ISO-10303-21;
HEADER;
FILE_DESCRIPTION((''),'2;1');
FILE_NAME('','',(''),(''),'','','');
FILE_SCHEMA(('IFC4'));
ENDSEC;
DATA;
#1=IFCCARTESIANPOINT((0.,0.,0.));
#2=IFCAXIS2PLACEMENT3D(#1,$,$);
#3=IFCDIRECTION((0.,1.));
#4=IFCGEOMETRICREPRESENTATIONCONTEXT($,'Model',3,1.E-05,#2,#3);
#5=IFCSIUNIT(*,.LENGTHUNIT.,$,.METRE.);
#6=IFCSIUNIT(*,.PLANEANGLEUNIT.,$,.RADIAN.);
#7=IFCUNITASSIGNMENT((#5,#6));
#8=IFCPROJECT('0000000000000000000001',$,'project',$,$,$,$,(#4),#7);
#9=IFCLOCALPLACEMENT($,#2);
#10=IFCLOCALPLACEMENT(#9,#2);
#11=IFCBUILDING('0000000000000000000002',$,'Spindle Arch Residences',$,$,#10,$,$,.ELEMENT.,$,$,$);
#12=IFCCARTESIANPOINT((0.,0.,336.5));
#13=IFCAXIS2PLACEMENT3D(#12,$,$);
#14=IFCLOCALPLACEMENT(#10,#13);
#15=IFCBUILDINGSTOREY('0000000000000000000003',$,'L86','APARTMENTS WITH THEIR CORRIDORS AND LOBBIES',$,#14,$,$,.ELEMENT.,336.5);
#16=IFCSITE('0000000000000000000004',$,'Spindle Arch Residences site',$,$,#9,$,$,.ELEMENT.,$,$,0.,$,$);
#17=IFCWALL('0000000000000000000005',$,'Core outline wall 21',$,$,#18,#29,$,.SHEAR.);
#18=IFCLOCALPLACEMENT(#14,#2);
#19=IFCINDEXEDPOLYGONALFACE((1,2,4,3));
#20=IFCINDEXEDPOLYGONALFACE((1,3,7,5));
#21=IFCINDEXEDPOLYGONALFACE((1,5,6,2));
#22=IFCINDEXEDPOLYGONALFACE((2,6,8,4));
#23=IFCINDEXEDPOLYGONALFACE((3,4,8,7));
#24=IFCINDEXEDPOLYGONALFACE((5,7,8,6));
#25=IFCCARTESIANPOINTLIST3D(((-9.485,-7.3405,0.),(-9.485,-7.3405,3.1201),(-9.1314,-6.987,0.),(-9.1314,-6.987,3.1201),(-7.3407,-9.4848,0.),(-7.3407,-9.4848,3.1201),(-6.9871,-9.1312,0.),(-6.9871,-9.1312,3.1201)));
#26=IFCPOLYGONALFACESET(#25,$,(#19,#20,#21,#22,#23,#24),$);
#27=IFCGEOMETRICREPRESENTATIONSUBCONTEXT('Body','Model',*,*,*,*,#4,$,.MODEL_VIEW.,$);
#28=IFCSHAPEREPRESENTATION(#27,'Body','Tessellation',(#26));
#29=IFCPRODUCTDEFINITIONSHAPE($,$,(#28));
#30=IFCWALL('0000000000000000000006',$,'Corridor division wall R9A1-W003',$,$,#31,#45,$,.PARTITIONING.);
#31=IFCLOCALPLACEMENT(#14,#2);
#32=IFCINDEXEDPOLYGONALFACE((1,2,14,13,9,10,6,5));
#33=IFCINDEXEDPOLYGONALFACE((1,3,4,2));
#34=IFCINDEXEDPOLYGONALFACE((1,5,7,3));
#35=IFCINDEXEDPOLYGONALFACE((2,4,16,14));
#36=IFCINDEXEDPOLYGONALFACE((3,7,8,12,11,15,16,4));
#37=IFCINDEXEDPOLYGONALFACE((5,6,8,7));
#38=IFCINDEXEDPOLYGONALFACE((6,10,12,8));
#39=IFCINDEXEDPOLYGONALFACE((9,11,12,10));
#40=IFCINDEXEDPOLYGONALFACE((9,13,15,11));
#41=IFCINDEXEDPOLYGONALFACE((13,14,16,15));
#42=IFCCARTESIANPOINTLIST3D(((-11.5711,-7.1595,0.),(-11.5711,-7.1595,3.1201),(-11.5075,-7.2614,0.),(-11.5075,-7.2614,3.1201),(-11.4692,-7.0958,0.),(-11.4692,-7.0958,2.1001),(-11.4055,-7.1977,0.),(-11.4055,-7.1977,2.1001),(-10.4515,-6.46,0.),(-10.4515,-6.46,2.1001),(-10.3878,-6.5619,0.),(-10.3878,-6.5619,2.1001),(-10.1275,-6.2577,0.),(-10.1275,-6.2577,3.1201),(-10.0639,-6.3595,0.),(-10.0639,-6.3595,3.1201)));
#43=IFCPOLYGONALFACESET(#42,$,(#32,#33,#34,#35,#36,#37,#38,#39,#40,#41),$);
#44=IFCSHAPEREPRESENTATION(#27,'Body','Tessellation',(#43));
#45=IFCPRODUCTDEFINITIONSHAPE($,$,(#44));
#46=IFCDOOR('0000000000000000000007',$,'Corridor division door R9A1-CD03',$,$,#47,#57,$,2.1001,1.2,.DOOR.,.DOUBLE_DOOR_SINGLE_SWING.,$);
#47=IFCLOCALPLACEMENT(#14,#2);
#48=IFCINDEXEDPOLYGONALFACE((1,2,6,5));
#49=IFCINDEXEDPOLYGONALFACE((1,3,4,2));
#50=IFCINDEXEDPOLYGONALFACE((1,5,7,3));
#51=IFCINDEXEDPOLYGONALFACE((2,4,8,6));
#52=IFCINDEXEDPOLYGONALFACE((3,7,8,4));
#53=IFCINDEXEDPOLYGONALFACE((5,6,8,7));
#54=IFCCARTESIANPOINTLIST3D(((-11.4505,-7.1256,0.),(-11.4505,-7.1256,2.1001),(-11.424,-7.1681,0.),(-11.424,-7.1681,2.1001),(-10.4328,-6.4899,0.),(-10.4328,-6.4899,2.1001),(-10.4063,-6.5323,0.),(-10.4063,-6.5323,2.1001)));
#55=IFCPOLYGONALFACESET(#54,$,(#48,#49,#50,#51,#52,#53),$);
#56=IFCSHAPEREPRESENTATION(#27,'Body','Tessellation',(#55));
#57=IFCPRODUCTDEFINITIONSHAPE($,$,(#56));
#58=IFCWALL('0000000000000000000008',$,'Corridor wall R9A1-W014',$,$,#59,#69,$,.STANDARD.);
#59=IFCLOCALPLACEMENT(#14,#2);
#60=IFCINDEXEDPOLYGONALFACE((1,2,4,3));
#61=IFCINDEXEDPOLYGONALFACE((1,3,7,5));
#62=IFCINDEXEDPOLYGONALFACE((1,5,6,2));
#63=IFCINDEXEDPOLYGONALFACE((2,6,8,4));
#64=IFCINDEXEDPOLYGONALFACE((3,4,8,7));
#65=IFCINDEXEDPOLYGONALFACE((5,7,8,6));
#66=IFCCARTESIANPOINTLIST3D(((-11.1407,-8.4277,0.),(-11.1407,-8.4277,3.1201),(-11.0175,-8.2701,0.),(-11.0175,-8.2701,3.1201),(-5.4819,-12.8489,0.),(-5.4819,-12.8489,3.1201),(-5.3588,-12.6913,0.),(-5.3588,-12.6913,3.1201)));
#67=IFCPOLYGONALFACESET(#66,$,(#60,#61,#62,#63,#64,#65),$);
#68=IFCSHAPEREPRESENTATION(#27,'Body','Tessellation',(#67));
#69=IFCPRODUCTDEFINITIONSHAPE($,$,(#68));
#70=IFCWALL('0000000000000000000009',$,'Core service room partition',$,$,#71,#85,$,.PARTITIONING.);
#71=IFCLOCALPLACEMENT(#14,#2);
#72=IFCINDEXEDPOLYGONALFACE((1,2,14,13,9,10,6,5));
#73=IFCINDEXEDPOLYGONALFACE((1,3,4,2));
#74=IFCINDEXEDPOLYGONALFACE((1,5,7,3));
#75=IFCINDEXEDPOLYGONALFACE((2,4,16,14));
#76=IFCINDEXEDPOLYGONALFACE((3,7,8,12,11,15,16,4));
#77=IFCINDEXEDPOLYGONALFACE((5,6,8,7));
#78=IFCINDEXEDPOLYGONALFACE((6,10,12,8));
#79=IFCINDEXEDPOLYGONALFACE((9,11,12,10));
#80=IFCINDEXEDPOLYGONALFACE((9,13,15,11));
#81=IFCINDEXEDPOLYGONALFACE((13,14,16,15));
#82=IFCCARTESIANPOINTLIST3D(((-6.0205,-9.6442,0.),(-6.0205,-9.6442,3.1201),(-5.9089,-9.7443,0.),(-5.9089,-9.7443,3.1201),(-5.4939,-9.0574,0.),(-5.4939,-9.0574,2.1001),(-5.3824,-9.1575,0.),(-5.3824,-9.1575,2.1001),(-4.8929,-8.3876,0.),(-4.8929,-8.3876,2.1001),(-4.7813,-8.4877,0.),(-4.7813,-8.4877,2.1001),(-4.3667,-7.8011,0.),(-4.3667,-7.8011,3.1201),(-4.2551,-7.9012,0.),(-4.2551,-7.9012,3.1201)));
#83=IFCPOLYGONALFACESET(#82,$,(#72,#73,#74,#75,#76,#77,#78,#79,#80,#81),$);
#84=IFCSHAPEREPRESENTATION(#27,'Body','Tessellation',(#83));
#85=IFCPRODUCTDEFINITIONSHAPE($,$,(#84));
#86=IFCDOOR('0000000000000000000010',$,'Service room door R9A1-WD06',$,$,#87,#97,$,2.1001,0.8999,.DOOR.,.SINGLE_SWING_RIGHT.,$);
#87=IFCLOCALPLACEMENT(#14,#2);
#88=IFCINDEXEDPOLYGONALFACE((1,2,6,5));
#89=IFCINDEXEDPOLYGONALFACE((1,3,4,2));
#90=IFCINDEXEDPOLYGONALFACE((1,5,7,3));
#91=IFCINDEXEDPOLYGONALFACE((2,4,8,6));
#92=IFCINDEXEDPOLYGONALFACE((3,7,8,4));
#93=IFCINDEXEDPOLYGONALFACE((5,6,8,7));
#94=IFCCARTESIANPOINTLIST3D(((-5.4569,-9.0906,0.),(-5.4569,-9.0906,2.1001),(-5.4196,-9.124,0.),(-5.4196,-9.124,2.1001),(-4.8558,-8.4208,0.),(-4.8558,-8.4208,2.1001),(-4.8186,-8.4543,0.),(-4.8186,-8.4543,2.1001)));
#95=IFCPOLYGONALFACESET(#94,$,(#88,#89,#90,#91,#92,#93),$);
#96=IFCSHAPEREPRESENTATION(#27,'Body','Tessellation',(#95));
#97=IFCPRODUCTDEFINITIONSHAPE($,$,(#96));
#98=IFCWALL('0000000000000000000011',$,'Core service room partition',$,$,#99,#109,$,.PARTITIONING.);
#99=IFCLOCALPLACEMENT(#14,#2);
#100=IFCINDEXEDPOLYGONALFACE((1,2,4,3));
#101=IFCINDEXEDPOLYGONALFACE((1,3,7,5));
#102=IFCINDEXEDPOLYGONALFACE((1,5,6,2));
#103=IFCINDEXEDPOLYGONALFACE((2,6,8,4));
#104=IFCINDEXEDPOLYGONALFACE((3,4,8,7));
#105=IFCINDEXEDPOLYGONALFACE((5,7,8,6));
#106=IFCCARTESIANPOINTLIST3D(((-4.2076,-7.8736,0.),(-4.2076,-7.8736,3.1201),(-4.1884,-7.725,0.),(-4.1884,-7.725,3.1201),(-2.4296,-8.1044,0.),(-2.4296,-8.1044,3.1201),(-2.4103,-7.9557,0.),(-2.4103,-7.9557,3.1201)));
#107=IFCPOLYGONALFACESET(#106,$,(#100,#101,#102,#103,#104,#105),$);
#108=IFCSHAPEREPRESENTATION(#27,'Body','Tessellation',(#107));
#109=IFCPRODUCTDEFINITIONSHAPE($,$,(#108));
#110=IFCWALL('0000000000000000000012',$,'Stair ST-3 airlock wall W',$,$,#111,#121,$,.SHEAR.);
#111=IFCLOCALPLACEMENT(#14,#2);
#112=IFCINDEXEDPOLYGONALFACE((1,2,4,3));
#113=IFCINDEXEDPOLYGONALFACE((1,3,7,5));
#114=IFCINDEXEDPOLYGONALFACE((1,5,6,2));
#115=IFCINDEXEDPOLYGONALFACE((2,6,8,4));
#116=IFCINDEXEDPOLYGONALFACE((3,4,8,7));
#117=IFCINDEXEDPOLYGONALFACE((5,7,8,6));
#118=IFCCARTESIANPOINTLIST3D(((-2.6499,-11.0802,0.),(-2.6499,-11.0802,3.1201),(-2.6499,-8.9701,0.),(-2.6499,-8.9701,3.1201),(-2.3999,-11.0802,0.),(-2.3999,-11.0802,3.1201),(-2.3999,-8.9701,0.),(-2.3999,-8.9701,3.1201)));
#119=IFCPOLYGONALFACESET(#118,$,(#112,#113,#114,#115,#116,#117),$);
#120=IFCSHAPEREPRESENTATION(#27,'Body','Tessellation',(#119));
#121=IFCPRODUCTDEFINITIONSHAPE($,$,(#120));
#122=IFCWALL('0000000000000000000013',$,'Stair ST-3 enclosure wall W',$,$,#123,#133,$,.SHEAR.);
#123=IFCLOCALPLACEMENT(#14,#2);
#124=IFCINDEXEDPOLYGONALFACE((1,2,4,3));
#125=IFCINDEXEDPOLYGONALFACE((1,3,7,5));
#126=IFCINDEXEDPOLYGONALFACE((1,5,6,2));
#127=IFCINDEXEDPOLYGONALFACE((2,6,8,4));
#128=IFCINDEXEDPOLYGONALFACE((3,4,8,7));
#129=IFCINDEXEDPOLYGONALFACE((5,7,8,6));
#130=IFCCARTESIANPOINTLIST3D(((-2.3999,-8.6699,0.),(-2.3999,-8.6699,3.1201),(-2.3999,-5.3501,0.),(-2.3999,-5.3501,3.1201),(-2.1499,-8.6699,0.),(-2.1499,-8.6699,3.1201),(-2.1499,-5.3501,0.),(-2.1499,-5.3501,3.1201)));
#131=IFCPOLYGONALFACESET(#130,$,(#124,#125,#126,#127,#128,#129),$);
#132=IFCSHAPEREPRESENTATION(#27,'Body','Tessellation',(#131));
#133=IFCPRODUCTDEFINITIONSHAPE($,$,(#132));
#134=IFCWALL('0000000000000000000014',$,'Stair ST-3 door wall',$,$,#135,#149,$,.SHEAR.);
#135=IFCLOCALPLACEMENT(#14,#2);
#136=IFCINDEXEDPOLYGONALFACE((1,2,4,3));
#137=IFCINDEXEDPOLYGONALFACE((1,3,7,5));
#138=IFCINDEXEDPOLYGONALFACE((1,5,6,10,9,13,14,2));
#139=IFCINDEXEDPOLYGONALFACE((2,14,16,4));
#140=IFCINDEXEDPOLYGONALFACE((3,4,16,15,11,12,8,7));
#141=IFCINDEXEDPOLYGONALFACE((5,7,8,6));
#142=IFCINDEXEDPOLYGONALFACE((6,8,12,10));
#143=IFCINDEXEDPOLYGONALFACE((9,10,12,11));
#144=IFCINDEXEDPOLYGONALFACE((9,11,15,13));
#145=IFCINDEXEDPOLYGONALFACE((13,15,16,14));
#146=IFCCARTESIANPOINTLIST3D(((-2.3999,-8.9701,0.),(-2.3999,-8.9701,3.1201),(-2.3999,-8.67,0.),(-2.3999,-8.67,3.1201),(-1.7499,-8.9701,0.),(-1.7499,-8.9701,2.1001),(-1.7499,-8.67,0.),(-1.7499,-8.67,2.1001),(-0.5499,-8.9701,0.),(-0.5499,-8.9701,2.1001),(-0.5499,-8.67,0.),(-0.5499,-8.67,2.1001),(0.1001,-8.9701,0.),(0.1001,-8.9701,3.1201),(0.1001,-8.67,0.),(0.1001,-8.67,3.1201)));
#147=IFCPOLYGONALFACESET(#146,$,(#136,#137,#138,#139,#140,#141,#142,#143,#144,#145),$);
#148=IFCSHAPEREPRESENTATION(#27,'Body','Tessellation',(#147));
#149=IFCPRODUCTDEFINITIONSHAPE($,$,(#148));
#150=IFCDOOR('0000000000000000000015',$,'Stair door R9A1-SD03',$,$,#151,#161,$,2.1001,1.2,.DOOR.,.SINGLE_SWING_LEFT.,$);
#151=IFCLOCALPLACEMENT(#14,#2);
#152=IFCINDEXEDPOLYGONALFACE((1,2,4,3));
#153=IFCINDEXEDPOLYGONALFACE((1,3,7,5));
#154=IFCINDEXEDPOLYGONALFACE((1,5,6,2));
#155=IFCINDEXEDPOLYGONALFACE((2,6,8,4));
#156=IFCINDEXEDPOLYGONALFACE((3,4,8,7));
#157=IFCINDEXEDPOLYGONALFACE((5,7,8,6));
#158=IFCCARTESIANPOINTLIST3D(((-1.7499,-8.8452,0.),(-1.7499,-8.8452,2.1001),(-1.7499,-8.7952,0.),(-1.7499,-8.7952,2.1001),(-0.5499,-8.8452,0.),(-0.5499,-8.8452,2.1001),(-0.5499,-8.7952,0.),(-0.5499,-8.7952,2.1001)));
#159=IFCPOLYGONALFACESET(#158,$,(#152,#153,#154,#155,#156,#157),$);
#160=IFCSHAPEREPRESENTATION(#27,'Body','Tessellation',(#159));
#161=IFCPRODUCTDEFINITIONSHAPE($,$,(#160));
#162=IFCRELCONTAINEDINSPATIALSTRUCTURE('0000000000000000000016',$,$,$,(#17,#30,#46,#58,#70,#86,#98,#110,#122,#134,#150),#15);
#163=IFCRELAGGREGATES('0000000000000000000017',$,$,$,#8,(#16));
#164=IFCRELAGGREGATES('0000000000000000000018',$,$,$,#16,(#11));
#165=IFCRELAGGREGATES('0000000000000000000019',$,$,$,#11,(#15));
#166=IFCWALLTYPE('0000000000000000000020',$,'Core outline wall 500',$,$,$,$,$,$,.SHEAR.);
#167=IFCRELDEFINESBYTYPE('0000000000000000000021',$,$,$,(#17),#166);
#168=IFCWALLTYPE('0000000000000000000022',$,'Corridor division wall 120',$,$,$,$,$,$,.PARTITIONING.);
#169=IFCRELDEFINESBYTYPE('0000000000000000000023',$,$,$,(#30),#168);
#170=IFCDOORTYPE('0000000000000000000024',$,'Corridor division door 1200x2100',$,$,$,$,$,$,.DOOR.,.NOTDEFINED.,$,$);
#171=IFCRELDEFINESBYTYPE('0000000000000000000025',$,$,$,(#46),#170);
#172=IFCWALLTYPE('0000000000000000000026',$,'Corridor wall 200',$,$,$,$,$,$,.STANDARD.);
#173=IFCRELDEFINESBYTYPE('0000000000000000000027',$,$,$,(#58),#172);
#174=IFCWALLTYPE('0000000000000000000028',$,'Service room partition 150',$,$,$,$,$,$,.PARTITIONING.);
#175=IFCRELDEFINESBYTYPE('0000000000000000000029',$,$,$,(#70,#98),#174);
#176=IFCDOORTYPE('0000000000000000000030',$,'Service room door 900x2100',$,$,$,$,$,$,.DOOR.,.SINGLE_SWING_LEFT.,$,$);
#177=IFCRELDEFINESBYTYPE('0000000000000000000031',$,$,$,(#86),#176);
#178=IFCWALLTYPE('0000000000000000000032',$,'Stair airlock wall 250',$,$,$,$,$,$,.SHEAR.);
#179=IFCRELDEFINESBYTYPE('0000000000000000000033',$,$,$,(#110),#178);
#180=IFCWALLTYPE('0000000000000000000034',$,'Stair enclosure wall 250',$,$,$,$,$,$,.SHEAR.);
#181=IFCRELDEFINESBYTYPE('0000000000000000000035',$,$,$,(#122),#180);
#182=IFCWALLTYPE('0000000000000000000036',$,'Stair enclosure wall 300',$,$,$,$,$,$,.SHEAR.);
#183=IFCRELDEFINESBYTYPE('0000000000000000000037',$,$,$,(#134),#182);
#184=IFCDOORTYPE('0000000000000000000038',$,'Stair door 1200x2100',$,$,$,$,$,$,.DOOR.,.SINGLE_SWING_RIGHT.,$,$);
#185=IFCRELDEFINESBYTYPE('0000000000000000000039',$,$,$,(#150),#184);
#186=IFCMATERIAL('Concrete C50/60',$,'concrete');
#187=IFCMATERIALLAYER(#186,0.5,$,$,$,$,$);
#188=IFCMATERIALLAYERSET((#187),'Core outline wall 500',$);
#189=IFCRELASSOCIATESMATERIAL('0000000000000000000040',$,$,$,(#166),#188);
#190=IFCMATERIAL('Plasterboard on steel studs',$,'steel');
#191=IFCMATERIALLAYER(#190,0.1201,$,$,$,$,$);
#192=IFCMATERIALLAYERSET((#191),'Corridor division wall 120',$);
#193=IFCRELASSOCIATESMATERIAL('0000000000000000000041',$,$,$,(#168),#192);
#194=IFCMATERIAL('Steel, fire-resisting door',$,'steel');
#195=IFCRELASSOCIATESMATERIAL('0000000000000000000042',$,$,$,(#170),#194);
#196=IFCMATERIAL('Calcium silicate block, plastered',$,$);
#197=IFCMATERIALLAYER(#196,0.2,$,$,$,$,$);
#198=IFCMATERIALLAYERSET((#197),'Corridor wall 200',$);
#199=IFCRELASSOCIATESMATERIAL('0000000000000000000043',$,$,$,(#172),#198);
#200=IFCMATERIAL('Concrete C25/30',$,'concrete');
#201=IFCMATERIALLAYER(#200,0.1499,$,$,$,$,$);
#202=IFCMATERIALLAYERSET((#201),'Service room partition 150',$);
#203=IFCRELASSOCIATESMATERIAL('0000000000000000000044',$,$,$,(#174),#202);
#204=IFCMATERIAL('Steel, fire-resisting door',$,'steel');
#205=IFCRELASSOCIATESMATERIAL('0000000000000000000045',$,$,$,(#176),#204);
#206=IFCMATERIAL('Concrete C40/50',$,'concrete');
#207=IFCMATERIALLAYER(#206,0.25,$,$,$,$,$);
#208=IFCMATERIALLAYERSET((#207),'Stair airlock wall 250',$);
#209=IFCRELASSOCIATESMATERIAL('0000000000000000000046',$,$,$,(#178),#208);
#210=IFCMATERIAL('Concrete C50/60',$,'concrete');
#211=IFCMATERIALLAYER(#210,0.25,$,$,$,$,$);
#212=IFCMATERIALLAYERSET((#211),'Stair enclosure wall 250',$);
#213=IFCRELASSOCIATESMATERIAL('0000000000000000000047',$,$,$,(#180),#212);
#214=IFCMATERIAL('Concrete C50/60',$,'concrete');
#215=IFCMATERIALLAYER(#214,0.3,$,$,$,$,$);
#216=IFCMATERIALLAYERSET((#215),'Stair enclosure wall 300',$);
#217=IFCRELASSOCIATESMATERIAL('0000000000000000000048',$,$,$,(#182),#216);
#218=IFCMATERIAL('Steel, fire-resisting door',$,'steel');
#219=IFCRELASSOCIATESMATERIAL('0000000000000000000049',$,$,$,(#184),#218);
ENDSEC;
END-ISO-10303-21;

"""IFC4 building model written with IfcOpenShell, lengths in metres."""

from ifc_helpers import new_model, si_unit, direction, frame, frame_2d, origin, place, context, subcontext, project, spatial, rectangle, extrude, material, layer, layer_set, type_object, element, fill, save


model = new_model("IFC4")

# Units and contexts
model_context = context("Model", 3, precision=1e-05, world=origin(), true_north=direction((0.0, 1.0)))
body_context = subcontext(model_context, "Body", "Model", "MODEL_VIEW")
ifc_project = project(units=[si_unit("LENGTHUNIT", "METRE"), si_unit("PLANEANGLEUNIT", "RADIAN")], contexts=[model_context])

# Site, building, storey
site_placement = place(None, origin())
site = spatial("IfcSite", under=ifc_project, at=site_placement, Name="Spindle Arch Residences site", CompositionType="ELEMENT", RefElevation=0.0)
building_placement = place(site_placement, origin())
building = spatial("IfcBuilding", under=site, at=building_placement, Name="Spindle Arch Residences", CompositionType="ELEMENT")
storey_placement = place(building_placement, frame((0.0, 0.0, 336.5)))
storey = spatial("IfcBuildingStorey", under=building, at=storey_placement, Name="L86", Description="APARTMENTS WITH THEIR CORRIDORS AND LOBBIES", CompositionType="ELEMENT", Elevation=336.5)

# Wall
ifc_material_1 = material(Name="Concrete C50/60", Category="concrete")
ifc_layer_1 = layer(ifc_material_1, 0.5)
ifc_layer_set_1 = layer_set([ifc_layer_1], Name="Core outline wall 500")
wall_type_1 = type_object("IfcWallType", Name="Core outline wall 500", PredefinedType="SHEAR", material=ifc_layer_set_1)
wall_1_placement = place(storey_placement, frame((-9.3081, -7.1638, 0.0), z_axis=(0.0, 0.0, 1.0), x_axis=(0.707107, -0.707107, 0.0)))
element("IfcWall", 1, at=wall_1_placement, inside=storey, type_object=wall_type_1, Name="Core outline wall 21", PredefinedType="SHEAR", context=body_context, shape_type="SweptSolid", body=[
    extrude(rectangle(XDim=3.0325, YDim=0.5, at=frame_2d((1.5161, 0.0))), origin(), (0.0, 0.0, 1.0), 3.1201),
])

# Wall, opening, door
ifc_material_2 = material(Name="Plasterboard on steel studs", Category="steel")
ifc_layer_2 = layer(ifc_material_2, 0.1201)
ifc_layer_set_2 = layer_set([ifc_layer_2], Name="Corridor division wall 120")
wall_type_2 = type_object("IfcWallType", Name="Corridor division wall 120", PredefinedType="PARTITIONING", material=ifc_layer_set_2)
wall_2_placement = place(storey_placement, frame((-11.5393, -7.2104, 0.0), z_axis=(0.0, 0.0, 1.0), x_axis=(0.848103, 0.529831, 0.0)))
wall_2 = element("IfcWall", 2, at=wall_2_placement, inside=storey, type_object=wall_type_2, Name="Corridor division wall R9A1-W003", PredefinedType="PARTITIONING", context=body_context, shape_type="SweptSolid", body=[
    extrude(rectangle(XDim=1.7021, YDim=0.1201, at=frame_2d((0.8511, 0.0))), origin(), (0.0, 0.0, 1.0), 3.1201),
])
opening_1_placement = place(wall_2_placement, frame((0.1201, 0.0, 0.0)))
opening_1 = element("IfcOpeningElement", 3, at=opening_1_placement, cuts=wall_2, PredefinedType="OPENING", context=body_context, shape_type="SweptSolid", body=[
    extrude(rectangle(XDim=1.2, YDim=2.1001, at=frame_2d((0.6001, 1.05))), frame((0.0, 0.0701, 0.0), z_axis=(0.0, -1.0, 0.0), x_axis=(1.0, 0.0, 0.0)), (0.0, 0.0, 1.0), 0.1401),
])
ifc_material_3 = material(Name="Steel, fire-resisting door", Category="steel")
door_type_1 = type_object("IfcDoorType", Name="Corridor division door 1200x2100", OperationType="NOTDEFINED", PredefinedType="DOOR", material=ifc_material_3)
door_1_placement = place(opening_1_placement, origin())
door_1 = element("IfcDoor", 4, at=door_1_placement, inside=storey, type_object=door_type_1, Name="Corridor division door R9A1-CD03", OperationType="DOUBLE_DOOR_SINGLE_SWING", OverallHeight=2.1001, OverallWidth=1.2, PredefinedType="DOOR", context=body_context, shape_type="SweptSolid", body=[
    extrude(rectangle(XDim=1.2, YDim=2.1001, at=frame_2d((0.6001, 1.05))), frame((0.0, 0.0249, 0.0), z_axis=(0.0, -1.0, 0.0), x_axis=(1.0, 0.0, 0.0)), (0.0, 0.0, 1.0), 0.05),
])
fill(opening_1, door_1)

# Wall
ifc_material_4 = material(Name="Calcium silicate block, plastered")
ifc_layer_3 = layer(ifc_material_4, 0.2)
ifc_layer_set_3 = layer_set([ifc_layer_3], Name="Corridor wall 200")
wall_type_3 = type_object("IfcWallType", Name="Corridor wall 200", PredefinedType="STANDARD", material=ifc_layer_set_3)
wall_3_placement = place(storey_placement, frame((-11.0791, -8.3489, 0.0), z_axis=(0.0, 0.0, 1.0), x_axis=(0.788005, -0.615669, 0.0)))
element("IfcWall", 5, at=wall_3_placement, inside=storey, type_object=wall_type_3, Name="Corridor wall R9A1-W014", PredefinedType="STANDARD", context=body_context, shape_type="SweptSolid", body=[
    extrude(rectangle(XDim=7.1812, YDim=0.2, at=frame_2d((3.5906, 0.0))), origin(), (0.0, 0.0, 1.0), 3.1201),
])

# Wall, opening, door
ifc_material_5 = material(Name="Concrete C25/30", Category="concrete")
ifc_layer_4 = layer(ifc_material_5, 0.1499)
ifc_layer_set_4 = layer_set([ifc_layer_4], Name="Service room partition 150")
wall_type_4 = type_object("IfcWallType", Name="Service room partition 150", PredefinedType="PARTITIONING", material=ifc_layer_set_4)
wall_4_placement = place(storey_placement, frame((-4.3108, -7.8511, 0.0), z_axis=(0.0, 0.0, 1.0), x_axis=(-0.667869, -0.744279, 0.0)))
wall_4 = element("IfcWall", 6, at=wall_4_placement, inside=storey, type_object=wall_type_4, Name="Core service room partition", PredefinedType="PARTITIONING", context=body_context, shape_type="SweptSolid", body=[
    extrude(rectangle(XDim=2.4763, YDim=0.1499, at=frame_2d((1.2383, 0.0))), origin(), (0.0, 0.0, 1.0), 3.1201),
])
opening_2_placement = place(wall_4_placement, frame((0.7881, 0.0, 0.0)))
opening_2 = element("IfcOpeningElement", 7, at=opening_2_placement, cuts=wall_4, PredefinedType="OPENING", context=body_context, shape_type="SweptSolid", body=[
    extrude(rectangle(XDim=0.8999, YDim=2.1001, at=frame_2d((0.45, 1.05))), frame((0.0, 0.085, 0.0), z_axis=(0.0, -1.0, 0.0), x_axis=(1.0, 0.0, 0.0)), (0.0, 0.0, 1.0), 0.1699),
])
ifc_material_6 = material(Name="Steel, fire-resisting door", Category="steel")
door_type_2 = type_object("IfcDoorType", Name="Service room door 900x2100", OperationType="SINGLE_SWING_LEFT", PredefinedType="DOOR", material=ifc_material_6)
door_2_placement = place(opening_2_placement, origin())
door_2 = element("IfcDoor", 8, at=door_2_placement, inside=storey, type_object=door_type_2, Name="Service room door R9A1-WD06", OperationType="SINGLE_SWING_RIGHT", OverallHeight=2.1001, OverallWidth=0.8999, PredefinedType="DOOR", context=body_context, shape_type="SweptSolid", body=[
    extrude(rectangle(XDim=0.8999, YDim=2.1001, at=frame_2d((0.45, 1.05))), frame((0.0, 0.0249, 0.0), z_axis=(0.0, -1.0, 0.0), x_axis=(1.0, 0.0, 0.0)), (0.0, 0.0, 1.0), 0.05),
])
fill(opening_2, door_2)

# Walls
wall_5_placement = place(storey_placement, frame((-4.198, -7.7993, 0.0), z_axis=(0.0, 0.0, 1.0), x_axis=(0.991687, -0.128676, 0.0)))
element("IfcWall", 9, at=wall_5_placement, inside=storey, type_object=wall_type_4, Name="Core service room partition", PredefinedType="PARTITIONING", context=body_context, shape_type="SweptSolid", body=[
    extrude(rectangle(XDim=1.793, YDim=0.1499, at=frame_2d((0.8965, 0.0))), origin(), (0.0, 0.0, 1.0), 3.1201),
])
ifc_material_7 = material(Name="Concrete C40/50", Category="concrete")
ifc_layer_5 = layer(ifc_material_7, 0.25)
ifc_layer_set_5 = layer_set([ifc_layer_5], Name="Stair airlock wall 250")
wall_type_5 = type_object("IfcWallType", Name="Stair airlock wall 250", PredefinedType="SHEAR", material=ifc_layer_set_5)
wall_6_placement = place(storey_placement, frame((-2.5249, -8.97, 0.0), z_axis=(0.0, 0.0, 1.0), x_axis=(0.0, -1.0, 0.0)))
element("IfcWall", 10, at=wall_6_placement, inside=storey, type_object=wall_type_5, Name="Stair ST-3 airlock wall W", PredefinedType="SHEAR", context=body_context, shape_type="SweptSolid", body=[
    extrude(rectangle(XDim=2.1101, YDim=0.25, at=frame_2d((1.0552, 0.0))), origin(), (0.0, 0.0, 1.0), 3.1201),
])
ifc_material_8 = material(Name="Concrete C50/60", Category="concrete")
ifc_layer_6 = layer(ifc_material_8, 0.25)
ifc_layer_set_6 = layer_set([ifc_layer_6], Name="Stair enclosure wall 250")
wall_type_6 = type_object("IfcWallType", Name="Stair enclosure wall 250", PredefinedType="SHEAR", material=ifc_layer_set_6)
wall_7_placement = place(storey_placement, frame((-2.2749, -8.6699, 0.0), z_axis=(0.0, 0.0, 1.0), x_axis=(0.0, 1.0, 0.0)))
element("IfcWall", 11, at=wall_7_placement, inside=storey, type_object=wall_type_6, Name="Stair ST-3 enclosure wall W", PredefinedType="SHEAR", context=body_context, shape_type="SweptSolid", body=[
    extrude(rectangle(XDim=3.3198, YDim=0.25, at=frame_2d((1.6599, 0.0))), origin(), (0.0, 0.0, 1.0), 3.1201),
])

# Wall, opening, door
ifc_material_9 = material(Name="Concrete C50/60", Category="concrete")
ifc_layer_7 = layer(ifc_material_9, 0.3)
ifc_layer_set_7 = layer_set([ifc_layer_7], Name="Stair enclosure wall 300")
wall_type_7 = type_object("IfcWallType", Name="Stair enclosure wall 300", PredefinedType="SHEAR", material=ifc_layer_set_7)
wall_8_placement = place(storey_placement, frame((-2.3999, -8.8201, 0.0), z_axis=(0.0, 0.0, 1.0), x_axis=(1.0, 0.0, 0.0)))
wall_8 = element("IfcWall", 12, at=wall_8_placement, inside=storey, type_object=wall_type_7, Name="Stair ST-3 door wall", PredefinedType="SHEAR", context=body_context, shape_type="SweptSolid", body=[
    extrude(rectangle(XDim=2.5, YDim=0.3, at=frame_2d((1.25, 0.0))), origin(), (0.0, 0.0, 1.0), 3.1201),
])
opening_3_placement = place(wall_8_placement, frame((0.6499, 0.0, 0.0)))
opening_3 = element("IfcOpeningElement", 13, at=opening_3_placement, cuts=wall_8, PredefinedType="OPENING", context=body_context, shape_type="SweptSolid", body=[
    extrude(rectangle(XDim=1.2, YDim=2.1001, at=frame_2d((0.6001, 1.05))), frame((0.0, 0.1602, 0.0), z_axis=(0.0, -1.0, 0.0), x_axis=(1.0, 0.0, 0.0)), (0.0, 0.0, 1.0), 0.3201),
])
ifc_material_10 = material(Name="Steel, fire-resisting door", Category="steel")
door_type_3 = type_object("IfcDoorType", Name="Stair door 1200x2100", OperationType="SINGLE_SWING_RIGHT", PredefinedType="DOOR", material=ifc_material_10)
door_3_placement = place(opening_3_placement, origin())
door_3 = element("IfcDoor", 14, at=door_3_placement, inside=storey, type_object=door_type_3, Name="Stair door R9A1-SD03", OperationType="SINGLE_SWING_LEFT", OverallHeight=2.1001, OverallWidth=1.2, PredefinedType="DOOR", context=body_context, shape_type="SweptSolid", body=[
    extrude(rectangle(XDim=1.2, YDim=2.1001, at=frame_2d((0.6001, 1.05))), frame((0.0, 0.0249, 0.0), z_axis=(0.0, -1.0, 0.0), x_axis=(1.0, 0.0, 0.0)), (0.0, 0.0, 1.0), 0.05),
])
fill(opening_3, door_3)

save(model, "model.ifc")
